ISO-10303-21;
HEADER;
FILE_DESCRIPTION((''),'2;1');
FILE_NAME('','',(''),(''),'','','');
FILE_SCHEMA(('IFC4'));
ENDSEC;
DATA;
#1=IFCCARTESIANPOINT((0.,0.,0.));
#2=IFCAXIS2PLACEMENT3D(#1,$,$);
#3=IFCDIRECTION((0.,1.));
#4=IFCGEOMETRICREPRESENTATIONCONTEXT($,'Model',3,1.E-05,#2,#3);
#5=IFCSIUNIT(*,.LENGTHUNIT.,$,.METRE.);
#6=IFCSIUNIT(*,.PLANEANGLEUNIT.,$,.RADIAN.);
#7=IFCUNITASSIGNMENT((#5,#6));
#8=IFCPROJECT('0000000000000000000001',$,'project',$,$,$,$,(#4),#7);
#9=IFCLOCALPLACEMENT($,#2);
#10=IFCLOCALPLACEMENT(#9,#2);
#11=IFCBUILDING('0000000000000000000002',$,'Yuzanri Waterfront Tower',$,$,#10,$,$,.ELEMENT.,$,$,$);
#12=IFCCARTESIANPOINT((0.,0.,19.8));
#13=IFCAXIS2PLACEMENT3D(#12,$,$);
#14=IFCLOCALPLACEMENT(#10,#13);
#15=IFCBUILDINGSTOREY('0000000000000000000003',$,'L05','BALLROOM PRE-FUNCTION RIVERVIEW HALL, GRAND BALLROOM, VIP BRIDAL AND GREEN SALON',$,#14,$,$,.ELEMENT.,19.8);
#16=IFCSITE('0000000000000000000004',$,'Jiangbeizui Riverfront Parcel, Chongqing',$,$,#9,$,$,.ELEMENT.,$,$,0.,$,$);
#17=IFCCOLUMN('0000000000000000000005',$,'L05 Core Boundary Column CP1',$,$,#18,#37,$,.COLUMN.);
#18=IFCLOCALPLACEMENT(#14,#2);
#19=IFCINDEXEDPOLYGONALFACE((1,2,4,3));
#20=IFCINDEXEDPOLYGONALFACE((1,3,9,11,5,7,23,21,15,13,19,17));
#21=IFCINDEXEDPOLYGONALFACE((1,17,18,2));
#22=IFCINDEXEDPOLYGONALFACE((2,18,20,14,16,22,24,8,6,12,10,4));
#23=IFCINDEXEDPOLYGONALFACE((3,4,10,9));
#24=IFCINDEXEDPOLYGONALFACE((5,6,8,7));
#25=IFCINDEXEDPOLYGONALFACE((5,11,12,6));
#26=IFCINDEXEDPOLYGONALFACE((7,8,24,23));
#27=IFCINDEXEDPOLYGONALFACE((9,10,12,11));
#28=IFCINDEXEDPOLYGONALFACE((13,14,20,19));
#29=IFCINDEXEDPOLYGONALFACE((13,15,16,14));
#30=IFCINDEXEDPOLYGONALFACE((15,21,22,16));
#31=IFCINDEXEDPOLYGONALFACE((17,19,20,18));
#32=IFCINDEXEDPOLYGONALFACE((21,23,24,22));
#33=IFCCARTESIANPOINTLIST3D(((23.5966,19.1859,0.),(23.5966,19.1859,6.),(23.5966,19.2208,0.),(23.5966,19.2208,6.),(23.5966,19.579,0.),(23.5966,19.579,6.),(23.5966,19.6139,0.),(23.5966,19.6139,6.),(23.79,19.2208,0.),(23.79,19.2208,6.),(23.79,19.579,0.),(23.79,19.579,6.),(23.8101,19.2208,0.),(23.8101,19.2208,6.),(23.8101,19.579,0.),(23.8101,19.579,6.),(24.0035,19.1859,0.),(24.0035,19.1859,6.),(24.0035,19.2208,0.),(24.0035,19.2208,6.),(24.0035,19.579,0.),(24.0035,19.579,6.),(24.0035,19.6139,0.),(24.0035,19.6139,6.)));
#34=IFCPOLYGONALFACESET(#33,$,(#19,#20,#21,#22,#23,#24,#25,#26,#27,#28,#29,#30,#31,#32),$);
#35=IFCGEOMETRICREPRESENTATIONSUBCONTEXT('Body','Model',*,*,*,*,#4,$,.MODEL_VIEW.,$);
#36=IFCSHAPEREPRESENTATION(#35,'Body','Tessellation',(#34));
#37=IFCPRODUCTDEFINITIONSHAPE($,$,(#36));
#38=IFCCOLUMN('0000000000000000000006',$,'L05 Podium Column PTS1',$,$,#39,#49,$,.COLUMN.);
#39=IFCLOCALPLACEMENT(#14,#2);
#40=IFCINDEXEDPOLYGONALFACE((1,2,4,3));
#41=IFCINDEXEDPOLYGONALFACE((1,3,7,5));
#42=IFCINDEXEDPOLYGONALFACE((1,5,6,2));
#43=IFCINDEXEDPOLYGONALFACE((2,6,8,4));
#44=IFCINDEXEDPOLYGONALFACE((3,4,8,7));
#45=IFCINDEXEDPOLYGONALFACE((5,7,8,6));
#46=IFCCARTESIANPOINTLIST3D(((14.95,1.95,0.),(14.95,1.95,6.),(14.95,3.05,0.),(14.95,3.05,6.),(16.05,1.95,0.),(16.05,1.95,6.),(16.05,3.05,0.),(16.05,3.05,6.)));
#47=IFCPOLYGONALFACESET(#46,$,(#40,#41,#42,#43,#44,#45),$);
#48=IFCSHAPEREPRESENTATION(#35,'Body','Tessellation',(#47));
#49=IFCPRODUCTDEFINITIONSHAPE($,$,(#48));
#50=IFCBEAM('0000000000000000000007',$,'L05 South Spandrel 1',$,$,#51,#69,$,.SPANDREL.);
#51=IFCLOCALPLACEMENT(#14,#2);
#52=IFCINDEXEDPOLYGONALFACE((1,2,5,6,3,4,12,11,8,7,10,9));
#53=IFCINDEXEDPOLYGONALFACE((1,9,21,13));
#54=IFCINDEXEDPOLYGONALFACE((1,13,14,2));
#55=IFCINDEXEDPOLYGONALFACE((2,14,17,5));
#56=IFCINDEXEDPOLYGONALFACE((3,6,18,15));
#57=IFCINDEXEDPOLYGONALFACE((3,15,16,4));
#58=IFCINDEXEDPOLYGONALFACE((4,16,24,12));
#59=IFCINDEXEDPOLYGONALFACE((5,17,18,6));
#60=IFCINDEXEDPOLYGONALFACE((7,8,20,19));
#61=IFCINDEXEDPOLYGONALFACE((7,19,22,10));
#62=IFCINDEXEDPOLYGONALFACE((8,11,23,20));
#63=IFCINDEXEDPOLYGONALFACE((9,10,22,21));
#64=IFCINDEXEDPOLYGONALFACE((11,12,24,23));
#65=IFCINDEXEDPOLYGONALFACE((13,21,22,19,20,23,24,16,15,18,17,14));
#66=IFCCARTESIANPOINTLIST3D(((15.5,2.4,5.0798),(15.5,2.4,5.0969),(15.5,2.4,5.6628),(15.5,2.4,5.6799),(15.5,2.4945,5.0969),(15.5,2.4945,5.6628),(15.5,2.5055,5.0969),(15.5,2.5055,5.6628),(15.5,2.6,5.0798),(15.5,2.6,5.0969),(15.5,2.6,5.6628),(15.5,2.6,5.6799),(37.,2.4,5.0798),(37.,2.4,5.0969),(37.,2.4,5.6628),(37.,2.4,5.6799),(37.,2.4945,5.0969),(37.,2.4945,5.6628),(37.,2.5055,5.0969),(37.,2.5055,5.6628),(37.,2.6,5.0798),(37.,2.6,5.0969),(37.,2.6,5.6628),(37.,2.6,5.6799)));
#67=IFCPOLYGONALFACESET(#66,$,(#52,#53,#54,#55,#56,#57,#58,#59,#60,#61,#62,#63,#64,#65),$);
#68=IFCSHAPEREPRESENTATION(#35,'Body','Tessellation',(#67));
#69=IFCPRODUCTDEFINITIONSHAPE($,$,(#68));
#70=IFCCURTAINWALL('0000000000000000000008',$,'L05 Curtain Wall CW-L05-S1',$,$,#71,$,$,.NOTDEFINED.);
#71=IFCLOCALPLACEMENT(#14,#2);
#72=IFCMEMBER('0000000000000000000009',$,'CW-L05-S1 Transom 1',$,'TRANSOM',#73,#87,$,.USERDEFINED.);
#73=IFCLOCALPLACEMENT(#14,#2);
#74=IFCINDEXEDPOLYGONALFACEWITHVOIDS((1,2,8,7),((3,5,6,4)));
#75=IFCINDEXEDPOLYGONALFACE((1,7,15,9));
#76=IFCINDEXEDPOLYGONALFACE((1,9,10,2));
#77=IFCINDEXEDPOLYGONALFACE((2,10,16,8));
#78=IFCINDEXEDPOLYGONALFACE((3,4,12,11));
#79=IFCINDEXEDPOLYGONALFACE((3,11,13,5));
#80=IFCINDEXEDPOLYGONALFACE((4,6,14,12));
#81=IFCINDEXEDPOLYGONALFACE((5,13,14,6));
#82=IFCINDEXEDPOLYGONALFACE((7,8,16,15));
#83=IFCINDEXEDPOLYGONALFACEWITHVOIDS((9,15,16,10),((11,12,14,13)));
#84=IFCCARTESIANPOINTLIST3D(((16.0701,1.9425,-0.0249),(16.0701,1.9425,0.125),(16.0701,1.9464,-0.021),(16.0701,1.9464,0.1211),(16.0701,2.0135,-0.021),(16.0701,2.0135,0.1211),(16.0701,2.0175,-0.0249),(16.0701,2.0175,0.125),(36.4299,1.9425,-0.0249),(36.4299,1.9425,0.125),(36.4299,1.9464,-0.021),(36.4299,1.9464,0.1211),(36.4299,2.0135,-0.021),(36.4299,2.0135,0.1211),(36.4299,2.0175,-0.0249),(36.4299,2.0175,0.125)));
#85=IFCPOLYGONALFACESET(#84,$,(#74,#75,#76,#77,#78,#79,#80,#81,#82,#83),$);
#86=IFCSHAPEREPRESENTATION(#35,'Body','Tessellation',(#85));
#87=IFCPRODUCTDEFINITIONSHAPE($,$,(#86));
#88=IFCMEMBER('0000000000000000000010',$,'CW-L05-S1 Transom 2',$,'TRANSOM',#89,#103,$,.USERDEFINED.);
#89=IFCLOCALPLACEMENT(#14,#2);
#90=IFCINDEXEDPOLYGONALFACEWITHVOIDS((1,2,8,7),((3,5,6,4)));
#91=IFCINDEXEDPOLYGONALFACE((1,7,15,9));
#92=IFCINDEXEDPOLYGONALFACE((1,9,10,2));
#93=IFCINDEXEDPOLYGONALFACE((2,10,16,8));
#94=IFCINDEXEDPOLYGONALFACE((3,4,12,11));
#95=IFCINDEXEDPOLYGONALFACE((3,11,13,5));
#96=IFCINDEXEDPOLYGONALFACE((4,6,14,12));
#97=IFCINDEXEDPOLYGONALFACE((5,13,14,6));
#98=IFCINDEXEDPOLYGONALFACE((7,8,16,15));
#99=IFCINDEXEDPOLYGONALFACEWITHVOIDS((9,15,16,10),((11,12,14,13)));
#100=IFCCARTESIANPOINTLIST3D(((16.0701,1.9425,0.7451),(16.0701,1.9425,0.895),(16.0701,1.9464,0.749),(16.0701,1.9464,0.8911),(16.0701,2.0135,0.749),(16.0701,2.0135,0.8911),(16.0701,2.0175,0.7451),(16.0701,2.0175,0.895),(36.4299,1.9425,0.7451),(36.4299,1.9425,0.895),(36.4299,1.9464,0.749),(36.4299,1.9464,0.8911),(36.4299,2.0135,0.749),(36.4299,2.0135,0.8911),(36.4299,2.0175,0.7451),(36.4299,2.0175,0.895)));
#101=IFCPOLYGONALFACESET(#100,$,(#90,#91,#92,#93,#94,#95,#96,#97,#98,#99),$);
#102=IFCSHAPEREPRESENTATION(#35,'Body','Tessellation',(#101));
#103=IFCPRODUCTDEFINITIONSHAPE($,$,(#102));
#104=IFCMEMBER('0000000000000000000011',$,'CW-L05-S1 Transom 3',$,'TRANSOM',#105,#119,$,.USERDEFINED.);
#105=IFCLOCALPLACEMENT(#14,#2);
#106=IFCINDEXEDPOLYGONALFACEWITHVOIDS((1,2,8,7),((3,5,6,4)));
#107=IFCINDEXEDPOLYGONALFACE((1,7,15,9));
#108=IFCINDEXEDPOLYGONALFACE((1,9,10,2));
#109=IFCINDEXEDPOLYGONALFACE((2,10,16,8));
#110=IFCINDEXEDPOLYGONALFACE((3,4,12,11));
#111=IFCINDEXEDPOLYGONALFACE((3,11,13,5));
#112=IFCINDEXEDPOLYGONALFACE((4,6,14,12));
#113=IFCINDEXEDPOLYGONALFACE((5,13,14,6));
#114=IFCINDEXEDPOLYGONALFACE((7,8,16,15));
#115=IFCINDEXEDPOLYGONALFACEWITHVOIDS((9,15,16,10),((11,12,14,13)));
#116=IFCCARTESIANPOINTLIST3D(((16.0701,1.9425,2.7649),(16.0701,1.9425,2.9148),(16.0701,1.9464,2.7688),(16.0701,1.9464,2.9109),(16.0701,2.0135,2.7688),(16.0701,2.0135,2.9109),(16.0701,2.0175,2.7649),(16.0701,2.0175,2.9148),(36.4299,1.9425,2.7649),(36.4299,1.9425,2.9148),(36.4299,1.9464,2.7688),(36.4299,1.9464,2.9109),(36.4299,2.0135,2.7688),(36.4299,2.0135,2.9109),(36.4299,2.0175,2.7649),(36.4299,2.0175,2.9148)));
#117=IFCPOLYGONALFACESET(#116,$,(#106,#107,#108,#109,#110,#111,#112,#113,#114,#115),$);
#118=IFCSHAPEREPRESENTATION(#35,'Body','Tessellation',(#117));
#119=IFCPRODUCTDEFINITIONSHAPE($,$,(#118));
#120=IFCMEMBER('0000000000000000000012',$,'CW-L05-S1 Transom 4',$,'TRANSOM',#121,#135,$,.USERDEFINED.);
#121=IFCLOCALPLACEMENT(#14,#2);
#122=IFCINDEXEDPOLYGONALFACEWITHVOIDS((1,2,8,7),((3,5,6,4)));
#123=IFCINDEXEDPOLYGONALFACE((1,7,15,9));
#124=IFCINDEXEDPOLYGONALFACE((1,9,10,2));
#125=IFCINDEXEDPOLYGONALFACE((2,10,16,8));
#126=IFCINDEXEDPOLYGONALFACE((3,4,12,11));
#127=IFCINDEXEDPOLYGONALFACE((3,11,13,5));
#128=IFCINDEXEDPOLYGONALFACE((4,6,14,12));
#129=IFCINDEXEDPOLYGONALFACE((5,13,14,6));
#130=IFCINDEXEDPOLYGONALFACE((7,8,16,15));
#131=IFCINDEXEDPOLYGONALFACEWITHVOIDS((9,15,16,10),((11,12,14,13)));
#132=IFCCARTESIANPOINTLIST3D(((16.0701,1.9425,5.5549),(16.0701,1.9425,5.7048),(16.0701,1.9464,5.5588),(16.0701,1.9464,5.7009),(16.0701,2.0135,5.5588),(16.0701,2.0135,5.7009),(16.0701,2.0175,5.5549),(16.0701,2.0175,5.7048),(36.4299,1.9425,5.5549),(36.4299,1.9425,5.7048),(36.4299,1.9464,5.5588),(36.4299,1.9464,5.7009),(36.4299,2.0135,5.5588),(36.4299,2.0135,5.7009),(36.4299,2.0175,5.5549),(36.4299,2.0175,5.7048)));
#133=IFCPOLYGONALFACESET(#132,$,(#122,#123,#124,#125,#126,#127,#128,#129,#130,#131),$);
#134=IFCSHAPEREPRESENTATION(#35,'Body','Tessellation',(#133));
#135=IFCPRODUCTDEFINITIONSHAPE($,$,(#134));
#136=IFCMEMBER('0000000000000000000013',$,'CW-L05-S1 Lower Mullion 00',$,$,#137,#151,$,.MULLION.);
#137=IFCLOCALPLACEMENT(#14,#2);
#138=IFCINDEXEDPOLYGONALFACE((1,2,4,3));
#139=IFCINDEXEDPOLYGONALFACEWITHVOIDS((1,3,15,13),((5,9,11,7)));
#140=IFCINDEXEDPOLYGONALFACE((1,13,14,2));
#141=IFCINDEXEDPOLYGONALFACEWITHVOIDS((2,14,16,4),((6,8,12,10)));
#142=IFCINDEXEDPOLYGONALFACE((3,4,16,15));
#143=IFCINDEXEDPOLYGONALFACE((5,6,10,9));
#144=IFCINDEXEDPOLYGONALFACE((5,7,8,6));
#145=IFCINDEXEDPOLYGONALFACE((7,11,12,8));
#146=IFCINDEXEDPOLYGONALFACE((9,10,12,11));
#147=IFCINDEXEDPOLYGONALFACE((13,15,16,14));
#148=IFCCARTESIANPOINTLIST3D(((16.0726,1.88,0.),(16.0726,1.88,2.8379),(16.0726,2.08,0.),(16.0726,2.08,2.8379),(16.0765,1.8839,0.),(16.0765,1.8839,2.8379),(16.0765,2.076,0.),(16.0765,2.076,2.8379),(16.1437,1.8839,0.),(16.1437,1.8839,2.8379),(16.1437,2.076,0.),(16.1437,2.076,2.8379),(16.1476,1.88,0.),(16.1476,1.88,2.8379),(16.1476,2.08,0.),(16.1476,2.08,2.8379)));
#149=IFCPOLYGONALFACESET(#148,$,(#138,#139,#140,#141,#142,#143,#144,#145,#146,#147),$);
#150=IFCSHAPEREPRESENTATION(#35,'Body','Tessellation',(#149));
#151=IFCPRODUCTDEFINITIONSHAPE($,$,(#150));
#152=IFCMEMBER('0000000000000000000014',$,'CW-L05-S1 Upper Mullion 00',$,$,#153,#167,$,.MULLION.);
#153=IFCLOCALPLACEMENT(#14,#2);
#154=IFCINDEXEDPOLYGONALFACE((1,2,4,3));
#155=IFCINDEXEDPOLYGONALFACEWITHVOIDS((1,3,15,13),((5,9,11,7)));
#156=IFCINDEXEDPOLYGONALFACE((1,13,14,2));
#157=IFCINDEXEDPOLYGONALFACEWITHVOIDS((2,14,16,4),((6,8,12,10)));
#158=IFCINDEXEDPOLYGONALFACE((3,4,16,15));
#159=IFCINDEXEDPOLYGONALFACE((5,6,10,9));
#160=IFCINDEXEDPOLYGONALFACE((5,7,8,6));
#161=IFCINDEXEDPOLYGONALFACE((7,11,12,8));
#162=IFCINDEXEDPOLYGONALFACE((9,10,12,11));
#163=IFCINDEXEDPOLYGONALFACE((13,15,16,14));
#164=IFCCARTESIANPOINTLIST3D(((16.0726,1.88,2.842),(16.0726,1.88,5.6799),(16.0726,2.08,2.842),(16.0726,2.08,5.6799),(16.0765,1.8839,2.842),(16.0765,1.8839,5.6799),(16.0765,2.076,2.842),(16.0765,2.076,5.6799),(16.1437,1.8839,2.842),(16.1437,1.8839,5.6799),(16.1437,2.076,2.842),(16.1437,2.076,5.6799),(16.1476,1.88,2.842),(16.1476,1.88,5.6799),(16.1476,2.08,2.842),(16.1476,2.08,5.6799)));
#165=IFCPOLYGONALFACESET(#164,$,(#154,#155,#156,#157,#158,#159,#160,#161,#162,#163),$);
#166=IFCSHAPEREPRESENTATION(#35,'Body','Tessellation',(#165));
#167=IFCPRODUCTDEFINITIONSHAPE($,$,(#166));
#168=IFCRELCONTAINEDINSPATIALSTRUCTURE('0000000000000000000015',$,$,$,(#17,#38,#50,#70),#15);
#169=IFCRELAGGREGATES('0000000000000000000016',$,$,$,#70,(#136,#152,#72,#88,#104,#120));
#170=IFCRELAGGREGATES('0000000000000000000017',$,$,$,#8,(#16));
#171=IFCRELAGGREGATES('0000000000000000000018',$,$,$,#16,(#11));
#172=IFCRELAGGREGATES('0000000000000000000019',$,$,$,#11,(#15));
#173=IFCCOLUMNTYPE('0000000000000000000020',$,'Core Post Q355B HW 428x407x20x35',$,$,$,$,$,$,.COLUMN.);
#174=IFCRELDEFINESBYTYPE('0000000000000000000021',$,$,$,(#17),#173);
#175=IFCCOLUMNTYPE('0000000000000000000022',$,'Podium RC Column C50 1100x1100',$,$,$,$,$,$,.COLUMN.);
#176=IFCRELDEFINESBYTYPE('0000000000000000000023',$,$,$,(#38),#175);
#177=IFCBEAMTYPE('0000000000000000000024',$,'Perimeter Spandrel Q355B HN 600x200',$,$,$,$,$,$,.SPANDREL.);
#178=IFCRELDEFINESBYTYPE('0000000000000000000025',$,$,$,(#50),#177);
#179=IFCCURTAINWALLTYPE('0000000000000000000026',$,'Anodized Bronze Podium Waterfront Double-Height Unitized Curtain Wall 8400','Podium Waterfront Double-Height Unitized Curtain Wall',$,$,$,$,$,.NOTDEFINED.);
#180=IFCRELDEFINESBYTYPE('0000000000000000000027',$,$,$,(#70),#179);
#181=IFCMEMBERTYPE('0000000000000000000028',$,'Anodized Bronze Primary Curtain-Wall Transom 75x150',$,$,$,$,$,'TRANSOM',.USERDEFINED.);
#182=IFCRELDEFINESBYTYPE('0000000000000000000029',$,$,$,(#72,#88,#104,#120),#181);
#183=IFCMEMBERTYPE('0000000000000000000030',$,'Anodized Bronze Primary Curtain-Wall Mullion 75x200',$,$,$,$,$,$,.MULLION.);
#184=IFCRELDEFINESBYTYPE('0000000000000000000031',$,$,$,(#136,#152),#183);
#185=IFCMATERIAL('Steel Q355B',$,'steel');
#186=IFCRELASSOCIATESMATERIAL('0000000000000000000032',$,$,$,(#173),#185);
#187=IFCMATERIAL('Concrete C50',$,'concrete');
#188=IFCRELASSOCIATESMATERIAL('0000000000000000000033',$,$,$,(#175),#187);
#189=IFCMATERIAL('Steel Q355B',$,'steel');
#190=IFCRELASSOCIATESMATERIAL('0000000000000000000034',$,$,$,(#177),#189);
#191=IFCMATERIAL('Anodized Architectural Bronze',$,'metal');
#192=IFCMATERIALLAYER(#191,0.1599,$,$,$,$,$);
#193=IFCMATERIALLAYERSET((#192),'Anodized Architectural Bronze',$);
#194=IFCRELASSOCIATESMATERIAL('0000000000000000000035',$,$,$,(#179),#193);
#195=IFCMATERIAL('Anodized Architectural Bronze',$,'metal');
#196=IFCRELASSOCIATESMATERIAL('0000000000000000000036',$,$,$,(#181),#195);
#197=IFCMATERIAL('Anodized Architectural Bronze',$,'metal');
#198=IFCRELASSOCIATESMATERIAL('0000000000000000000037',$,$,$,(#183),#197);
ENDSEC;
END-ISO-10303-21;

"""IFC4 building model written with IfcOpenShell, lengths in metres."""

from ifc_helpers import new_model, si_unit, direction, frame, origin, origin_2d, place, context, subcontext, project, spatial, rectangle, hollow_rectangle, i_section, extrude, source, transform, mapped, material, layer, layer_set, material_profile, profile_set, type_object, element, aggregate, save


model = new_model("IFC4")

# Units and contexts
model_context = context("Model", 3, precision=1e-05, world=origin(), true_north=direction((0.0, 1.0)))
body_context = subcontext(model_context, "Body", "Model", "MODEL_VIEW")
ifc_project = project(units=[si_unit("LENGTHUNIT", "METRE"), si_unit("PLANEANGLEUNIT", "RADIAN")], contexts=[model_context])

# Site, building, storey
site_placement = place(None, origin())
site = spatial("IfcSite", under=ifc_project, at=site_placement, Name="Jiangbeizui Riverfront Parcel, Chongqing", CompositionType="ELEMENT", RefElevation=0.0)
building_placement = place(site_placement, origin())
building = spatial("IfcBuilding", under=site, at=building_placement, Name="Yuzanri Waterfront Tower", CompositionType="ELEMENT")
storey_placement = place(building_placement, frame((0.0, 0.0, 19.8)))
storey = spatial("IfcBuildingStorey", under=building, at=storey_placement, Name="L05", Description="BALLROOM PRE-FUNCTION RIVERVIEW HALL, GRAND BALLROOM, VIP BRIDAL AND GREEN SALON", CompositionType="ELEMENT", Elevation=19.8)

# Columns
ifc_material_1 = material(Name="Steel Q355B", Category="steel")
ifc_material_profile_1 = material_profile(ifc_material_1, i_section(OverallWidth=0.407, OverallDepth=0.428, WebThickness=0.02, FlangeThickness=0.0349, at=origin_2d()), Name="HW 428x407x20x35")
ifc_profile_set_1 = profile_set([ifc_material_profile_1], Name="Steel Q355B")
column_type_1 = type_object("IfcColumnType", Name="Core Post Q355B HW 428x407x20x35", PredefinedType="COLUMN", material=ifc_profile_set_1)
shared_shape_1 = source(origin(), body_context, "Body", "SweptSolid", [
    extrude(i_section(OverallWidth=0.407, OverallDepth=0.428, WebThickness=0.02, FlangeThickness=0.0349, at=origin_2d()), origin(), (0.0, 0.0, 1.0), 6.0),
])
column_1_placement = place(storey_placement, frame((23.8, 19.3999, 0.0), z_axis=(0.0, 0.0, 1.0), x_axis=(1.0, 0.0, 0.0)))
element("IfcColumn", 1, at=column_1_placement, inside=storey, type_object=column_type_1, Name="L05 Core Boundary Column CP1", PredefinedType="COLUMN", context=body_context, shape_type="MappedRepresentation", body=[
    mapped(shared_shape_1, transform((0.0, 0.0, 0.0), scale=1.0)),
])
ifc_material_2 = material(Name="Concrete C50", Category="concrete")
ifc_material_profile_2 = material_profile(ifc_material_2, rectangle(XDim=1.1001, YDim=1.1001, at=origin_2d()), Name="RC 1100x1100")
ifc_profile_set_2 = profile_set([ifc_material_profile_2], Name="Concrete C50")
column_type_2 = type_object("IfcColumnType", Name="Podium RC Column C50 1100x1100", PredefinedType="COLUMN", material=ifc_profile_set_2)
shared_shape_2 = source(origin(), body_context, "Body", "SweptSolid", [
    extrude(rectangle(XDim=1.1001, YDim=1.1001, at=origin_2d()), origin(), (0.0, 0.0, 1.0), 6.0),
])
column_2_placement = place(storey_placement, frame((15.5, 2.5, 0.0), z_axis=(0.0, 0.0, 1.0), x_axis=(1.0, 0.0, 0.0)))
element("IfcColumn", 2, at=column_2_placement, inside=storey, type_object=column_type_2, Name="L05 Podium Column PTS1", PredefinedType="COLUMN", context=body_context, shape_type="MappedRepresentation", body=[
    mapped(shared_shape_2, transform((0.0, 0.0, 0.0), scale=1.0)),
])

# Beam
ifc_material_3 = material(Name="Steel Q355B", Category="steel")
ifc_material_profile_3 = material_profile(ifc_material_3, i_section(OverallWidth=0.2, OverallDepth=0.6001, WebThickness=0.011, FlangeThickness=0.0171, at=origin_2d()), Name="HN 600x200x11x17")
ifc_profile_set_3 = profile_set([ifc_material_profile_3], Name="Steel Q355B")
beam_type = type_object("IfcBeamType", Name="Perimeter Spandrel Q355B HN 600x200", PredefinedType="SPANDREL", material=ifc_profile_set_3)
shared_shape_3 = source(origin(), body_context, "Body", "SweptSolid", [
    extrude(i_section(OverallWidth=0.2, OverallDepth=0.6001, WebThickness=0.011, FlangeThickness=0.0171, at=origin_2d()), origin(), (0.0, 0.0, 1.0), 21.5),
])
beam_placement = place(storey_placement, frame((15.5, 2.5, 5.3799), z_axis=(1.0, 0.0, 0.0), x_axis=(0.0, 1.0, 0.0)))
element("IfcBeam", 3, at=beam_placement, inside=storey, type_object=beam_type, Name="L05 South Spandrel 1", PredefinedType="SPANDREL", context=body_context, shape_type="MappedRepresentation", body=[
    mapped(shared_shape_3, transform((0.0, 0.0, 0.0), scale=1.0)),
])

# Curtain wall, members
ifc_material_4 = material(Name="Anodized Architectural Bronze", Category="metal")
ifc_layer_1 = layer(ifc_material_4, 0.1599)
ifc_layer_set_1 = layer_set([ifc_layer_1], Name="Anodized Architectural Bronze")
curtain_wall_type = type_object("IfcCurtainWallType", Name="Anodized Bronze Podium Waterfront Double-Height Unitized Curtain Wall 8400", Description="Podium Waterfront Double-Height Unitized Curtain Wall", PredefinedType="NOTDEFINED", material=ifc_layer_set_1)
curtain_wall_placement = place(storey_placement, origin())
curtain_wall = element("IfcCurtainWall", 4, at=curtain_wall_placement, inside=storey, type_object=curtain_wall_type, Name="L05 Curtain Wall CW-L05-S1", PredefinedType="NOTDEFINED")
ifc_material_5 = material(Name="Anodized Architectural Bronze", Category="metal")
ifc_material_profile_4 = material_profile(ifc_material_5, hollow_rectangle(XDim=0.075, YDim=0.1499, WallThickness=0.0039, at=origin_2d()), Name="CWT 75x150")
ifc_profile_set_4 = profile_set([ifc_material_profile_4], Name="Anodized Architectural Bronze")
member_type_1 = type_object("IfcMemberType", Name="Anodized Bronze Primary Curtain-Wall Transom 75x150", ElementType="TRANSOM", PredefinedType="USERDEFINED", material=ifc_profile_set_4)
shared_shape_4 = source(origin(), body_context, "Body", "SweptSolid", [
    extrude(hollow_rectangle(XDim=0.075, YDim=0.1499, WallThickness=0.0039, at=origin_2d()), origin(), (0.0, 0.0, 1.0), 20.3599),
])
member_1_placement = place(storey_placement, frame((16.0701, 1.98, 0.05), z_axis=(1.0, 0.0, 0.0), x_axis=(0.0, 1.0, 0.0)))
member_1 = element("IfcMember", 5, at=member_1_placement, type_object=member_type_1, Name="CW-L05-S1 Transom 1", ObjectType="TRANSOM", PredefinedType="USERDEFINED", context=body_context, shape_type="MappedRepresentation", body=[
    mapped(shared_shape_4, transform((0.0, 0.0, 0.0), scale=1.0)),
])
member_2_placement = place(storey_placement, frame((16.0701, 1.98, 0.8201), z_axis=(1.0, 0.0, 0.0), x_axis=(0.0, 1.0, 0.0)))
member_2 = element("IfcMember", 6, at=member_2_placement, type_object=member_type_1, Name="CW-L05-S1 Transom 2", ObjectType="TRANSOM", PredefinedType="USERDEFINED", context=body_context, shape_type="MappedRepresentation", body=[
    mapped(shared_shape_4, transform((0.0, 0.0, 0.0), scale=1.0)),
])
member_3_placement = place(storey_placement, frame((16.0701, 1.98, 2.8398), z_axis=(1.0, 0.0, 0.0), x_axis=(0.0, 1.0, 0.0)))
member_3 = element("IfcMember", 7, at=member_3_placement, type_object=member_type_1, Name="CW-L05-S1 Transom 3", ObjectType="TRANSOM", PredefinedType="USERDEFINED", context=body_context, shape_type="MappedRepresentation", body=[
    mapped(shared_shape_4, transform((0.0, 0.0, 0.0), scale=1.0)),
])
member_4_placement = place(storey_placement, frame((16.0701, 1.98, 5.6299), z_axis=(1.0, 0.0, 0.0), x_axis=(0.0, 1.0, 0.0)))
member_4 = element("IfcMember", 8, at=member_4_placement, type_object=member_type_1, Name="CW-L05-S1 Transom 4", ObjectType="TRANSOM", PredefinedType="USERDEFINED", context=body_context, shape_type="MappedRepresentation", body=[
    mapped(shared_shape_4, transform((0.0, 0.0, 0.0), scale=1.0)),
])
ifc_material_6 = material(Name="Anodized Architectural Bronze", Category="metal")
ifc_material_profile_5 = material_profile(ifc_material_6, hollow_rectangle(XDim=0.075, YDim=0.2, WallThickness=0.0039, at=origin_2d()), Name="CWM 75x200")
ifc_profile_set_5 = profile_set([ifc_material_profile_5], Name="Anodized Architectural Bronze")
member_type_2 = type_object("IfcMemberType", Name="Anodized Bronze Primary Curtain-Wall Mullion 75x200", PredefinedType="MULLION", material=ifc_profile_set_5)
shared_shape_5 = source(origin(), body_context, "Body", "SweptSolid", [
    extrude(hollow_rectangle(XDim=0.075, YDim=0.2, WallThickness=0.0039, at=origin_2d()), origin(), (0.0, 0.0, 1.0), 2.8379),
])
member_5_placement = place(storey_placement, frame((16.1101, 1.98, 0.0), z_axis=(0.0, 0.0, 1.0), x_axis=(1.0, 0.0, 0.0)))
member_5 = element("IfcMember", 9, at=member_5_placement, type_object=member_type_2, Name="CW-L05-S1 Lower Mullion 00", PredefinedType="MULLION", context=body_context, shape_type="MappedRepresentation", body=[
    mapped(shared_shape_5, transform((0.0, 0.0, 0.0), scale=1.0)),
])
member_6_placement = place(storey_placement, frame((16.1101, 1.98, 2.842), z_axis=(0.0, 0.0, 1.0), x_axis=(1.0, 0.0, 0.0)))
member_6 = element("IfcMember", 10, at=member_6_placement, type_object=member_type_2, Name="CW-L05-S1 Upper Mullion 00", PredefinedType="MULLION", context=body_context, shape_type="MappedRepresentation", body=[
    mapped(shared_shape_5, transform((0.0, 0.0, 0.0), scale=1.0)),
])
aggregate(curtain_wall, [member_5, member_6, member_1, member_2, member_3, member_4])

save(model, "model.ifc")
